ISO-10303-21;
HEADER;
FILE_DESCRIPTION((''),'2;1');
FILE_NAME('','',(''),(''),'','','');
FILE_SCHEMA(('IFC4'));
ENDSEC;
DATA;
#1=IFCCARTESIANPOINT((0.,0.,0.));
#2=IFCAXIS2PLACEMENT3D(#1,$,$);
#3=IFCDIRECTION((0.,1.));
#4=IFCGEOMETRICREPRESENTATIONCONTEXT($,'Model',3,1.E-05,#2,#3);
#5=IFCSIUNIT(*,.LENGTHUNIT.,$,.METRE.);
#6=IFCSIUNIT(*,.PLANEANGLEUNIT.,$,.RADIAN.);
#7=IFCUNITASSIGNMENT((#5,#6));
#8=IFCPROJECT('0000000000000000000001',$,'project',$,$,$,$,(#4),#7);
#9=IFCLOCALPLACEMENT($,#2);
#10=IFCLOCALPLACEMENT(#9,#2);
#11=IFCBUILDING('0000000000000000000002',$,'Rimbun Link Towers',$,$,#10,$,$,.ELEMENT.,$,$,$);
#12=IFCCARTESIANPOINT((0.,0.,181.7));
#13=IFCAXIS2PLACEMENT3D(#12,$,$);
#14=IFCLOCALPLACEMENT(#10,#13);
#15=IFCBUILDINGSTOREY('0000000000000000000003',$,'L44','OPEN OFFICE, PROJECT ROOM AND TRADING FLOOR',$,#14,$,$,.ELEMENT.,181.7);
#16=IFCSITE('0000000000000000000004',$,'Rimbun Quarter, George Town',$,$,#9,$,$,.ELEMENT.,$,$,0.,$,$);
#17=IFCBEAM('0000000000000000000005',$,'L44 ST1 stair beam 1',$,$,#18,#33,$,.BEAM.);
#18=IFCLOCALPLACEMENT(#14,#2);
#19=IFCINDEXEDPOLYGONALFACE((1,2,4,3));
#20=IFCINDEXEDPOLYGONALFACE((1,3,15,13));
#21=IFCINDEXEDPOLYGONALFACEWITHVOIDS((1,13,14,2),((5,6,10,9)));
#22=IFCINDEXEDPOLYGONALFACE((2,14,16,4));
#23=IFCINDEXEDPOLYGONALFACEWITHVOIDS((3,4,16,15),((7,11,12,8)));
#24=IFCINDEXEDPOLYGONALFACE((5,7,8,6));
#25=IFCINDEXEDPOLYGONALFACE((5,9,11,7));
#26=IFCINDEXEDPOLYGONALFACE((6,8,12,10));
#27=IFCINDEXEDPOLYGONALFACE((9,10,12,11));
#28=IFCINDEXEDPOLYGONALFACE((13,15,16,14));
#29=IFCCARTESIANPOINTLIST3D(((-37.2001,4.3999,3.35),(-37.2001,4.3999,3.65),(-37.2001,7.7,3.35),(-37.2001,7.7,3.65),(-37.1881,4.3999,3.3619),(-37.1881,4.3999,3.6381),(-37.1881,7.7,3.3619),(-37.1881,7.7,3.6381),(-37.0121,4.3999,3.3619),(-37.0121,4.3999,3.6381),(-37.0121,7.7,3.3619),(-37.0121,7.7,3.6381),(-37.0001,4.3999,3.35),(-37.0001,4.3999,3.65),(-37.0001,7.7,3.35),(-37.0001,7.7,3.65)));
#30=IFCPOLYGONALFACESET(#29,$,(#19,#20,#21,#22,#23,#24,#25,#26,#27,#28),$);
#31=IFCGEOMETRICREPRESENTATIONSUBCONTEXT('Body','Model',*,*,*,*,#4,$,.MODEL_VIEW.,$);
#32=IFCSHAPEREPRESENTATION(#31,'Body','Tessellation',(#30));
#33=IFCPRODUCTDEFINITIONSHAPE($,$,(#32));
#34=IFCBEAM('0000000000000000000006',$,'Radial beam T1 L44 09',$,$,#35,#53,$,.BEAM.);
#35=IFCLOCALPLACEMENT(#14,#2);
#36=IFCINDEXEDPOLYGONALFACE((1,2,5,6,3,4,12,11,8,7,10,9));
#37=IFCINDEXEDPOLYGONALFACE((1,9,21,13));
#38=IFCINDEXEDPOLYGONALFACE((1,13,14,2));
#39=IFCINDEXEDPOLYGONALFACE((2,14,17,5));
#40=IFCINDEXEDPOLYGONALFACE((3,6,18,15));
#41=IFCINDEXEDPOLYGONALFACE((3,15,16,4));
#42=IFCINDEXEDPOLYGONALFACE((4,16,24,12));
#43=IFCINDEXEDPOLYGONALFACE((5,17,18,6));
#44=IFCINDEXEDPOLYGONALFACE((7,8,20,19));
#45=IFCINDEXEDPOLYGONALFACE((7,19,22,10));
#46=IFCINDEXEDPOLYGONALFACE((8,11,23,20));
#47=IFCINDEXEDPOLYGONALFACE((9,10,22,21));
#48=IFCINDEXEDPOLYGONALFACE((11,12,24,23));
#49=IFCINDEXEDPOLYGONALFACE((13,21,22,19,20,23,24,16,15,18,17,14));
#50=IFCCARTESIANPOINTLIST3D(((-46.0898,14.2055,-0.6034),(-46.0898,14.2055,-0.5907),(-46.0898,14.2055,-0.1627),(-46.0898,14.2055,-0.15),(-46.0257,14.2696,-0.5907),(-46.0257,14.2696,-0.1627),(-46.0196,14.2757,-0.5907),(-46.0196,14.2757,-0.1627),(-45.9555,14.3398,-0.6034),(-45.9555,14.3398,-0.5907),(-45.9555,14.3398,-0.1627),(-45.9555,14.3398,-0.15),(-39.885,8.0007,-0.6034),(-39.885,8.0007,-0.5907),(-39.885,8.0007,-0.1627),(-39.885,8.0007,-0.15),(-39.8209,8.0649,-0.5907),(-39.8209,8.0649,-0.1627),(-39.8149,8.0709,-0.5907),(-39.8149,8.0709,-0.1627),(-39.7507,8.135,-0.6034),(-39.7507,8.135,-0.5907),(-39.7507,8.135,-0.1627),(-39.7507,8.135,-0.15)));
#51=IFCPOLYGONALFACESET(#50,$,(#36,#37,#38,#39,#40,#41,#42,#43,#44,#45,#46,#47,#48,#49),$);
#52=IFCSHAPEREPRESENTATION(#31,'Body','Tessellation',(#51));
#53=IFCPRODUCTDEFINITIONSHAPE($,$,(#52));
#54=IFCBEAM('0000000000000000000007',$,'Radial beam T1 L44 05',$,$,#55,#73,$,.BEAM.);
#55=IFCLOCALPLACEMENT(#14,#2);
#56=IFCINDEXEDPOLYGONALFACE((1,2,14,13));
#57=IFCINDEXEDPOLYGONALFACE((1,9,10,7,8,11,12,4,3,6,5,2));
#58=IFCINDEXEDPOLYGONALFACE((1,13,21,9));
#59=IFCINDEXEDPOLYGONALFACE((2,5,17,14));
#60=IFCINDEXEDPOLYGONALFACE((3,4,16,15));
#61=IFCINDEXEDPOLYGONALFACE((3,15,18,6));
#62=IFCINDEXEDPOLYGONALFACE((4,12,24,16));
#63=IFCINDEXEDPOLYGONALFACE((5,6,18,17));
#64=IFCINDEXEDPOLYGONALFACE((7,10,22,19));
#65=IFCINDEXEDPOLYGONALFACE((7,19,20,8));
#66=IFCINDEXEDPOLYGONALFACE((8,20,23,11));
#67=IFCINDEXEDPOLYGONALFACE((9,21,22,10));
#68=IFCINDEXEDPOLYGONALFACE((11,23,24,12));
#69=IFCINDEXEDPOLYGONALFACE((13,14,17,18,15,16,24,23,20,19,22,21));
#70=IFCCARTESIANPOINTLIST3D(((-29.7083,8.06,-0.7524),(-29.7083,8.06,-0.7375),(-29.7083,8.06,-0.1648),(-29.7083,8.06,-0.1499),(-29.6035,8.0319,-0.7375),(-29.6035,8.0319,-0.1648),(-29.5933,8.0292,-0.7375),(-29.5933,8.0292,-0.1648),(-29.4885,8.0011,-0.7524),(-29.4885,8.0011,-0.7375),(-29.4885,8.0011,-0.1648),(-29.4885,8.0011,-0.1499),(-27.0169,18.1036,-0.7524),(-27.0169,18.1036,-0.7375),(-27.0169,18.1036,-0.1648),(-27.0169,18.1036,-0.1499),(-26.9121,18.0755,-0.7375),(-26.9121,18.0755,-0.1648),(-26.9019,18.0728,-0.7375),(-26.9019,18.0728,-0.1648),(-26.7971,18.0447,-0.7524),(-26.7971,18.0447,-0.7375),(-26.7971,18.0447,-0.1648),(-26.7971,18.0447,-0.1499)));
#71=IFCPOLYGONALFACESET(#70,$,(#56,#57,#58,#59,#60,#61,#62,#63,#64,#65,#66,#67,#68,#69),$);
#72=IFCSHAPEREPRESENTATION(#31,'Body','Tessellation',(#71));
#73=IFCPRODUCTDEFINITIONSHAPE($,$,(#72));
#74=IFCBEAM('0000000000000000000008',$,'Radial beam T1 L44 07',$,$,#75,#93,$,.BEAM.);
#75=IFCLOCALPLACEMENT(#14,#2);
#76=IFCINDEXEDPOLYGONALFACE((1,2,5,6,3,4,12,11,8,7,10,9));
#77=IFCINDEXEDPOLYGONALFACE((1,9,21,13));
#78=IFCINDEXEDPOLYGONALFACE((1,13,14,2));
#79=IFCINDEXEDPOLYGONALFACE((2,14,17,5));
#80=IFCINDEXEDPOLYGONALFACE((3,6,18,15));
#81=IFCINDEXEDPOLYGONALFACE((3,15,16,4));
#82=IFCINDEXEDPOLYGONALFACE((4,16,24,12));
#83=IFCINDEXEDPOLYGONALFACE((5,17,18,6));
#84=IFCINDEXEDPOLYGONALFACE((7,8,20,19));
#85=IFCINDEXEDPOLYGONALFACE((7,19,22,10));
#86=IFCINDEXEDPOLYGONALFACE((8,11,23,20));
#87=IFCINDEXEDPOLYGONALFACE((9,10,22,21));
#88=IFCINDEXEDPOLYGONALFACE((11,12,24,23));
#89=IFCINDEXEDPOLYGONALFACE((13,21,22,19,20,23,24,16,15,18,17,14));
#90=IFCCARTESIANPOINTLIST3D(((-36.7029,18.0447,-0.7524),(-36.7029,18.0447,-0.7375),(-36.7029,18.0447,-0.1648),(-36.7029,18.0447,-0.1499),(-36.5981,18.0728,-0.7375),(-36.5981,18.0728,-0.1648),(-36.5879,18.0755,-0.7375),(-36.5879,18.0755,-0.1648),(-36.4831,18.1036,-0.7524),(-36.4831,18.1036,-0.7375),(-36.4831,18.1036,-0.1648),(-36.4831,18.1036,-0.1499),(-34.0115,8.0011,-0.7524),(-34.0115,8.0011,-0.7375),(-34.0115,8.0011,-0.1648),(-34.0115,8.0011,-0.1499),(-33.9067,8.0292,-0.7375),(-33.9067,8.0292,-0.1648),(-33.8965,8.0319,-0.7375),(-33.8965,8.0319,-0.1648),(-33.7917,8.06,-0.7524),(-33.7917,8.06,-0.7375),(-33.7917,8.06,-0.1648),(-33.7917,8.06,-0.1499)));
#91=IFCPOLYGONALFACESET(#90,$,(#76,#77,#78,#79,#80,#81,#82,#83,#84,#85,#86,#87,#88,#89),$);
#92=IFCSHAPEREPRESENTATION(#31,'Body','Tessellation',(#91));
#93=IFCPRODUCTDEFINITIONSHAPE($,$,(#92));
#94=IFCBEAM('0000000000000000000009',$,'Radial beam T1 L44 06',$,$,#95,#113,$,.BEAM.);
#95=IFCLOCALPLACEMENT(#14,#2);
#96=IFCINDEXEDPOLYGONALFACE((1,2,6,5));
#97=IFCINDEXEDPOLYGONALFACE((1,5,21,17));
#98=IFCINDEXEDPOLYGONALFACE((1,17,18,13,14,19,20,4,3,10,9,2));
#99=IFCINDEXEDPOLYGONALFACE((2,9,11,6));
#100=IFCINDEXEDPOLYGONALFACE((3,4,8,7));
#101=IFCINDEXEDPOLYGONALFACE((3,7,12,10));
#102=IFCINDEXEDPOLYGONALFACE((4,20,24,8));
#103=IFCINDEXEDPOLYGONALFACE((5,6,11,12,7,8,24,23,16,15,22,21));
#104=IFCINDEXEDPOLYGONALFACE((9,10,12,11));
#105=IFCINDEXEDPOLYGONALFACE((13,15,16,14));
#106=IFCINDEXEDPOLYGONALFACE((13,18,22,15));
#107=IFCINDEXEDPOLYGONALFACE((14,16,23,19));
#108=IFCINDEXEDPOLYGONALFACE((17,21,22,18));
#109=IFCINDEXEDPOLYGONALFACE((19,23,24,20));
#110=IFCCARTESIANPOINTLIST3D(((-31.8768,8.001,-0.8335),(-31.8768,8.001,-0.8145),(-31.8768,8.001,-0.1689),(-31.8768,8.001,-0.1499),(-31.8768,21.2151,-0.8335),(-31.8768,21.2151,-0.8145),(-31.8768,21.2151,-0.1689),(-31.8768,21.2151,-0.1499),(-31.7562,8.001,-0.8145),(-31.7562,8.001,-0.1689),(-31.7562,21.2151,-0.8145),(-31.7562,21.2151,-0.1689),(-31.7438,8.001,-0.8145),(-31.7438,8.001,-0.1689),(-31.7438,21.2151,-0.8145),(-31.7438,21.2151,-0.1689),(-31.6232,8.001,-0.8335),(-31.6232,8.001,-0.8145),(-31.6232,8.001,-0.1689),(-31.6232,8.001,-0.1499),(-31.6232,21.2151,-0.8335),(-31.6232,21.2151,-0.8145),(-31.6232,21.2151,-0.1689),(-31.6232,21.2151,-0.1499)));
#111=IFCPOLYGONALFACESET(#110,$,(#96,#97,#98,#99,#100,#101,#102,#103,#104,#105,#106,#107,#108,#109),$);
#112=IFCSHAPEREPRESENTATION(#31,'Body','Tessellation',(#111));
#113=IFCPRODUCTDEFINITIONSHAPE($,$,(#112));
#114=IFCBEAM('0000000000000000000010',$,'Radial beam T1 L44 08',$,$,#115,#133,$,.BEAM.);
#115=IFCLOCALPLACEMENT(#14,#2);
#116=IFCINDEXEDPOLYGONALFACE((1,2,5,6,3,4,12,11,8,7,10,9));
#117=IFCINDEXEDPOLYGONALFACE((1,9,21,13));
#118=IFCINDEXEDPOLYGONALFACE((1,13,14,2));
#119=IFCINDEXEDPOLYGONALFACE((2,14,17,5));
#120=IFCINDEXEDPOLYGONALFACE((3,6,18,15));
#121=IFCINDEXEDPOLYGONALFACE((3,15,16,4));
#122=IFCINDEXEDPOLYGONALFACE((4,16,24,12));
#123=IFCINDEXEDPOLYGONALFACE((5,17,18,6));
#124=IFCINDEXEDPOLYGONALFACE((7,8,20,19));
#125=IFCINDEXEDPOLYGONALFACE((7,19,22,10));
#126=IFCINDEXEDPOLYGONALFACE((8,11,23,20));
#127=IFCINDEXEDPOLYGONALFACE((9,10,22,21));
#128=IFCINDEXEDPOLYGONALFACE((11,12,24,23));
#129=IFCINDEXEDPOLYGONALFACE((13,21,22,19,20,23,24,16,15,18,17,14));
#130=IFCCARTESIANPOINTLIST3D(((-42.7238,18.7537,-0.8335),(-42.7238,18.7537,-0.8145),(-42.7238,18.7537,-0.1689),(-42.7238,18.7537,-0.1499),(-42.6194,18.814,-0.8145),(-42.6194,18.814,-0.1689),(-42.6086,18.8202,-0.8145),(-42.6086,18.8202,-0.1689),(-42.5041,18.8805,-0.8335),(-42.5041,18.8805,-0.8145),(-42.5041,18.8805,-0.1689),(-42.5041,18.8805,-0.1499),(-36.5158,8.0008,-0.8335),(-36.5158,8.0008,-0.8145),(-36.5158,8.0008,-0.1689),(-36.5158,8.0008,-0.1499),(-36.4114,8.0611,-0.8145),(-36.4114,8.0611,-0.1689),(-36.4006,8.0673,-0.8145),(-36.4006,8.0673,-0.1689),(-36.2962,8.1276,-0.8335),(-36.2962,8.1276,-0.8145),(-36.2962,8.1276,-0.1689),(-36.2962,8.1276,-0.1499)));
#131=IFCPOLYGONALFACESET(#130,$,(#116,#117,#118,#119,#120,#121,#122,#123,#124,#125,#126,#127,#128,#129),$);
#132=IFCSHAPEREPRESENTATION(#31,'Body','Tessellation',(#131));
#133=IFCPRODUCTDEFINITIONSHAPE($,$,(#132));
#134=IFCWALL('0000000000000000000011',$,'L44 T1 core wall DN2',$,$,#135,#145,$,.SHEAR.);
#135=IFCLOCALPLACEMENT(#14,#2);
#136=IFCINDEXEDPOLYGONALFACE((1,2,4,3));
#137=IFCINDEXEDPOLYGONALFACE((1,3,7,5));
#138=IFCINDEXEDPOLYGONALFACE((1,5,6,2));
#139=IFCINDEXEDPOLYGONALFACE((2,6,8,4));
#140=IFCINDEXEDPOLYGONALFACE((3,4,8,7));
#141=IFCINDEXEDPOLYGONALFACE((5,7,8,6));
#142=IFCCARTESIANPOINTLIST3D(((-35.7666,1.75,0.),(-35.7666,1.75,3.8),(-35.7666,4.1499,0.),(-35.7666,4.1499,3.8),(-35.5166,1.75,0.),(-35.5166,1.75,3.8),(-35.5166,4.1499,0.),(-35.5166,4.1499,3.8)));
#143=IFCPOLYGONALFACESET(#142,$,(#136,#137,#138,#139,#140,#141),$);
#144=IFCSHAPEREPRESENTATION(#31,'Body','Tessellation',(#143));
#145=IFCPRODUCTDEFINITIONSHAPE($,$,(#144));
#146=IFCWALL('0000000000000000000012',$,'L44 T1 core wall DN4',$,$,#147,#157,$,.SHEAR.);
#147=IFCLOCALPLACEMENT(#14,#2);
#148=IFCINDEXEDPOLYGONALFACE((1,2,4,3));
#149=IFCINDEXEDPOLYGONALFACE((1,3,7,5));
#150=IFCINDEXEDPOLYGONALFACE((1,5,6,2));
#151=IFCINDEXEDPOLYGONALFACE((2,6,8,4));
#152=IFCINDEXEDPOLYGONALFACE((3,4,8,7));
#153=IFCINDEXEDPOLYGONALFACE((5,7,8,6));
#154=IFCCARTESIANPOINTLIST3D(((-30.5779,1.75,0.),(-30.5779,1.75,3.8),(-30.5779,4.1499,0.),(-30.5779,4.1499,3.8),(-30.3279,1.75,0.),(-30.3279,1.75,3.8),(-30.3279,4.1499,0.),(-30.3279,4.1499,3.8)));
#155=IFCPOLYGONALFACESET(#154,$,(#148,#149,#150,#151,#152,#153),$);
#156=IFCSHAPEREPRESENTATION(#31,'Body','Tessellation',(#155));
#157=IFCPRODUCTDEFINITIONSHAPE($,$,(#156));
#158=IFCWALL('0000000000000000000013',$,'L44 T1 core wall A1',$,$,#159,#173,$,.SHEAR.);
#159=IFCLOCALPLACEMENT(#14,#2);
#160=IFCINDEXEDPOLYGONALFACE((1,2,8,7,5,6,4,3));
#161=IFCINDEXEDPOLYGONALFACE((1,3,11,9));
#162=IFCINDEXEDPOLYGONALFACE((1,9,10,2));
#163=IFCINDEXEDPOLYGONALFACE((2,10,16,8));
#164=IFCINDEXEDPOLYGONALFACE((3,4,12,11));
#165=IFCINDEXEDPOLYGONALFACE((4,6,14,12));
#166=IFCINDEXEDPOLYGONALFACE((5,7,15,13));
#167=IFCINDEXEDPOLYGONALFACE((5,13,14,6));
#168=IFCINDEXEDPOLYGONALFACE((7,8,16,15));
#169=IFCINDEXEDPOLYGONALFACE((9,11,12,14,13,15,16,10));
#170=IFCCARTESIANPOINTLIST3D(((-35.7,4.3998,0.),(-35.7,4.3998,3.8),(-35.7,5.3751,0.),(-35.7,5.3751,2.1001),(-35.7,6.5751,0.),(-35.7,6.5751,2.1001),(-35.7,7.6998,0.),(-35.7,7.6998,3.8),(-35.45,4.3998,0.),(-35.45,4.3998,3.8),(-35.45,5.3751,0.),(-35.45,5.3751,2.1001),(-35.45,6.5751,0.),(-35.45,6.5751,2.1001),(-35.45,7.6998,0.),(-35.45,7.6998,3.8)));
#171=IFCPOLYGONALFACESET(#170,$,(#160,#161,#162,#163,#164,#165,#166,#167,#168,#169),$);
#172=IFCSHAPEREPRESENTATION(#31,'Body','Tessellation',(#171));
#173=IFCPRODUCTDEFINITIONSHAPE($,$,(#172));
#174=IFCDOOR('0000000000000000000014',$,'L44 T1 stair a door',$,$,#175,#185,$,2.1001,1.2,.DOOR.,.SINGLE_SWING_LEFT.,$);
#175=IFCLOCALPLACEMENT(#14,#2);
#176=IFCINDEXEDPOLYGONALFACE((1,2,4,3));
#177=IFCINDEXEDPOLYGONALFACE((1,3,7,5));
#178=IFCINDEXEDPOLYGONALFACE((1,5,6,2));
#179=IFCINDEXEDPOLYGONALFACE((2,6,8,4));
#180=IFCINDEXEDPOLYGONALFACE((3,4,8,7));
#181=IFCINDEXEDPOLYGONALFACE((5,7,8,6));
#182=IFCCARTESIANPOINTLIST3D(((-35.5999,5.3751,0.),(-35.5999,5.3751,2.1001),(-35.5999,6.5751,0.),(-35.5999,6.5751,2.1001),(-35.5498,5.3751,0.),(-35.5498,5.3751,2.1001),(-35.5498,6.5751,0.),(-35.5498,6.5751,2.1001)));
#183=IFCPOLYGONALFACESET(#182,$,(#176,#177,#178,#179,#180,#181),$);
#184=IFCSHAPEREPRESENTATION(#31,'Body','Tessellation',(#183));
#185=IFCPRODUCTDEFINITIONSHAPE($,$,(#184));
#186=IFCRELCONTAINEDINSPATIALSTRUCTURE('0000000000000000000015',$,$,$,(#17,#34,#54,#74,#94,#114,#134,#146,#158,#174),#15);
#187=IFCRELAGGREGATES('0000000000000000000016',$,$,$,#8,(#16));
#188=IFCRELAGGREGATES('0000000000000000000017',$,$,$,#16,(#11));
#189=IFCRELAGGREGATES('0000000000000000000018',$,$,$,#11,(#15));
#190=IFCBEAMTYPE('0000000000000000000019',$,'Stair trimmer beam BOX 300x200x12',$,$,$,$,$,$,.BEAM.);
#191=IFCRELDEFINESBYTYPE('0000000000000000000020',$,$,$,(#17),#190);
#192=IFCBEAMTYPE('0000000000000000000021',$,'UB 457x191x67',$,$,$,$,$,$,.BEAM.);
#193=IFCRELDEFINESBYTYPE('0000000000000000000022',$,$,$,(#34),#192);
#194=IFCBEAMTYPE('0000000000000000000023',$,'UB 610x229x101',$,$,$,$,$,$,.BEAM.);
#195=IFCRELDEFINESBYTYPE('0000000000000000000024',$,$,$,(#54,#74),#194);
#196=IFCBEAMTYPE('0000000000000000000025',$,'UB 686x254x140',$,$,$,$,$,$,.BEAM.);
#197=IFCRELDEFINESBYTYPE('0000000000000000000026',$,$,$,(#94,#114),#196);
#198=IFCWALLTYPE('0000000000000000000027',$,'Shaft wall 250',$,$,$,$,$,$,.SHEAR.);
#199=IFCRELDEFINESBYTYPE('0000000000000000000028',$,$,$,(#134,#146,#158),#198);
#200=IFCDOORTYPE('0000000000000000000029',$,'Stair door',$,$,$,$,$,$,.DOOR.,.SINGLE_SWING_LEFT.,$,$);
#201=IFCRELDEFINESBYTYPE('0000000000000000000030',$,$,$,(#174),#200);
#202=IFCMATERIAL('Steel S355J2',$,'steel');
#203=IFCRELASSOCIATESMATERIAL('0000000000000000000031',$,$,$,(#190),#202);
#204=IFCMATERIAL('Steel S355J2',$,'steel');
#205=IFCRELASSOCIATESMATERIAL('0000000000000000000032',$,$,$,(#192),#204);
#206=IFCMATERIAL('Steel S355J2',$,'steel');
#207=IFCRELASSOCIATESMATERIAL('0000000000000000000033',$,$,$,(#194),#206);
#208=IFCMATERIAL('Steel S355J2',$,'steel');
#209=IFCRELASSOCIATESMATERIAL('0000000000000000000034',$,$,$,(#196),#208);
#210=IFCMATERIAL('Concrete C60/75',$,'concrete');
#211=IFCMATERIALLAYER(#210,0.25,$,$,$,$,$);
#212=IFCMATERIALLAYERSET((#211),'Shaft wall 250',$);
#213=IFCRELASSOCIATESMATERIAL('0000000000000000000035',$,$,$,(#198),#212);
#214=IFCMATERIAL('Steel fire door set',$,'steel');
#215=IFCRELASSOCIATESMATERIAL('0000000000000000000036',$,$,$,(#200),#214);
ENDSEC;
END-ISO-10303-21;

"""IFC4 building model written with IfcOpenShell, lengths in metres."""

from ifc_helpers import new_model, si_unit, direction, frame, frame_2d, origin, origin_2d, place, context, subcontext, project, spatial, rectangle, hollow_rectangle, i_section, extrude, material, layer, layer_set, material_profile, profile_set, type_object, element, fill, save


model = new_model("IFC4")

# Units and contexts
model_context = context("Model", 3, precision=1e-05, world=origin(), true_north=direction((0.0, 1.0)))
body_context = subcontext(model_context, "Body", "Model", "MODEL_VIEW")
ifc_project = project(units=[si_unit("LENGTHUNIT", "METRE"), si_unit("PLANEANGLEUNIT", "RADIAN")], contexts=[model_context])

# Site, building, storey
site_placement = place(None, origin())
site = spatial("IfcSite", under=ifc_project, at=site_placement, Name="Rimbun Quarter, George Town", CompositionType="ELEMENT", RefElevation=0.0)
building_placement = place(site_placement, origin())
building = spatial("IfcBuilding", under=site, at=building_placement, Name="Rimbun Link Towers", CompositionType="ELEMENT")
storey_placement = place(building_placement, frame((0.0, 0.0, 181.7)))
storey = spatial("IfcBuildingStorey", under=building, at=storey_placement, Name="L44", Description="OPEN OFFICE, PROJECT ROOM AND TRADING FLOOR", CompositionType="ELEMENT", Elevation=181.7)

# Beams
ifc_material_1 = material(Name="Steel S355J2", Category="steel")
ifc_material_profile_1 = material_profile(ifc_material_1, hollow_rectangle(XDim=0.2, YDim=0.3, WallThickness=0.012, at=origin_2d()), Name="BOX 300x200x12")
ifc_profile_set_1 = profile_set([ifc_material_profile_1], Name="Steel S355J2")
beam_type_1 = type_object("IfcBeamType", Name="Stair trimmer beam BOX 300x200x12", PredefinedType="BEAM", material=ifc_profile_set_1)
beam_1_placement = place(storey_placement, frame((-37.1001, 7.7, 3.5), z_axis=(0.0, -1.0, 0.0), x_axis=(1.0, 0.0, 0.0)))
element("IfcBeam", 1, at=beam_1_placement, inside=storey, type_object=beam_type_1, Name="L44 ST1 stair beam 1", PredefinedType="BEAM", context=body_context, shape_type="SweptSolid", body=[
    extrude(hollow_rectangle(XDim=0.2, YDim=0.3, WallThickness=0.012, at=origin_2d()), origin(), (0.0, 0.0, 1.0), 3.3),
])
ifc_material_2 = material(Name="Steel S355J2", Category="steel")
ifc_material_profile_2 = material_profile(ifc_material_2, i_section(OverallWidth=0.1899, OverallDepth=0.4534, WebThickness=0.0085, FlangeThickness=0.0127, at=origin_2d()), Name="UB 457x191x67")
ifc_profile_set_2 = profile_set([ifc_material_profile_2], Name="Steel S355J2")
beam_type_2 = type_object("IfcBeamType", Name="UB 457x191x67", PredefinedType="BEAM", material=ifc_profile_set_2)
beam_2_placement = place(storey_placement, frame((-39.8179, 8.0679, -0.3767), z_axis=(-0.707107, 0.707107, 0.0), x_axis=(-0.707107, -0.707107, 0.0)))
element("IfcBeam", 2, at=beam_2_placement, inside=storey, type_object=beam_type_2, Name="Radial beam T1 L44 09", PredefinedType="BEAM", context=body_context, shape_type="SweptSolid", body=[
    extrude(i_section(OverallWidth=0.1899, OverallDepth=0.4534, WebThickness=0.0085, FlangeThickness=0.0127, at=origin_2d()), origin(), (0.0, 0.0, 1.0), 8.7749),
])
ifc_material_3 = material(Name="Steel S355J2", Category="steel")
ifc_material_profile_3 = material_profile(ifc_material_3, i_section(OverallWidth=0.2275, OverallDepth=0.6025, WebThickness=0.0105, FlangeThickness=0.0149, at=origin_2d()), Name="UB 610x229x101")
ifc_profile_set_3 = profile_set([ifc_material_profile_3], Name="Steel S355J2")
beam_type_3 = type_object("IfcBeamType", Name="UB 610x229x101", PredefinedType="BEAM", material=ifc_profile_set_3)
for number, where, z_axis, x_axis, name in (
    (3, (-29.5984, 8.0305, -0.4512), (0.258837, 0.965921, 0.0), (-0.965921, 0.258837, 0.0), "Radial beam T1 L44 05"),
    (4, (-33.9016, 8.0305, -0.4512), (-0.258837, 0.965921, 0.0), (-0.965921, -0.258837, 0.0), "Radial beam T1 L44 07"),
):
    element("IfcBeam", number, at=place(storey_placement, frame(where, z_axis=z_axis, x_axis=x_axis)), inside=storey, type_object=beam_type_3, Name=name, PredefinedType="BEAM", context=body_context, shape_type="SweptSolid", body=[
        extrude(i_section(OverallWidth=0.2275, OverallDepth=0.6025, WebThickness=0.0105, FlangeThickness=0.0149, at=origin_2d()), origin(), (0.0, 0.0, 1.0), 10.3979),
    ])
ifc_material_4 = material(Name="Steel S355J2", Category="steel")
ifc_material_profile_4 = material_profile(ifc_material_4, i_section(OverallWidth=0.2537, OverallDepth=0.6836, WebThickness=0.0125, FlangeThickness=0.019, at=origin_2d()), Name="UB 686x254x140")
ifc_profile_set_4 = profile_set([ifc_material_profile_4], Name="Steel S355J2")
beam_type_4 = type_object("IfcBeamType", Name="UB 686x254x140", PredefinedType="BEAM", material=ifc_profile_set_4)
beam_3_placement = place(storey_placement, frame((-31.75, 8.001, -0.4917), z_axis=(0.0, 1.0, 0.0), x_axis=(-1.0, 0.0, 0.0)))
element("IfcBeam", 5, at=beam_3_placement, inside=storey, type_object=beam_type_4, Name="Radial beam T1 L44 06", PredefinedType="BEAM", context=body_context, shape_type="SweptSolid", body=[
    extrude(i_section(OverallWidth=0.2537, OverallDepth=0.6836, WebThickness=0.0125, FlangeThickness=0.019, at=origin_2d()), origin(), (0.0, 0.0, 1.0), 13.2141),
])
beam_4_placement = place(storey_placement, frame((-36.406, 8.0642, -0.4917), z_axis=(-0.499988, 0.866032, 0.0), x_axis=(-0.866032, -0.499988, 0.0)))
element("IfcBeam", 6, at=beam_4_placement, inside=storey, type_object=beam_type_4, Name="Radial beam T1 L44 08", PredefinedType="BEAM", context=body_context, shape_type="SweptSolid", body=[
    extrude(i_section(OverallWidth=0.2537, OverallDepth=0.6836, WebThickness=0.0125, FlangeThickness=0.019, at=origin_2d()), origin(), (0.0, 0.0, 1.0), 12.4163),
])

# Walls
ifc_material_5 = material(Name="Concrete C60/75", Category="concrete")
ifc_layer = layer(ifc_material_5, 0.25)
ifc_layer_set = layer_set([ifc_layer], Name="Shaft wall 250")
wall_type = type_object("IfcWallType", Name="Shaft wall 250", PredefinedType="SHEAR", material=ifc_layer_set)
for number, where, z_axis, x_axis, name in (
    (7, (-35.6416, 1.75, 0.0), (0.0, 0.0, 1.0), (0.0, 1.0, 0.0), "L44 T1 core wall DN2"),
    (8, (-30.4529, 1.75, 0.0), (0.0, 0.0, 1.0), (0.0, 1.0, 0.0), "L44 T1 core wall DN4"),
):
    element("IfcWall", number, at=place(storey_placement, frame(where, z_axis=z_axis, x_axis=x_axis)), inside=storey, type_object=wall_type, Name=name, PredefinedType="SHEAR", context=body_context, shape_type="SweptSolid", body=[
        extrude(rectangle(XDim=2.3999, YDim=0.25, at=frame_2d((1.2, 0.0))), origin(), (0.0, 0.0, 1.0), 3.8),
    ])

# Wall, opening, door
wall_1_placement = place(storey_placement, frame((-35.575, 4.3999, 0.0), z_axis=(0.0, 0.0, 1.0), x_axis=(0.0, 1.0, 0.0)))
wall_1 = element("IfcWall", 9, at=wall_1_placement, inside=storey, type_object=wall_type, Name="L44 T1 core wall A1", PredefinedType="SHEAR", context=body_context, shape_type="SweptSolid", body=[
    extrude(rectangle(XDim=3.3, YDim=0.25, at=frame_2d((1.6499, 0.0))), origin(), (0.0, 0.0, 1.0), 3.8),
])
opening_1_placement = place(wall_1_placement, frame((0.9751, 0.0, 0.0)))
opening_1 = element("IfcOpeningElement", 10, at=opening_1_placement, cuts=wall_1, PredefinedType="OPENING", context=body_context, shape_type="SweptSolid", body=[
    extrude(rectangle(XDim=1.2, YDim=2.1001, at=frame_2d((0.6001, 1.05))), frame((0.0, 0.135, 0.0), z_axis=(0.0, -1.0, 0.0), x_axis=(1.0, 0.0, 0.0)), (0.0, 0.0, 1.0), 0.27),
])
ifc_material_6 = material(Name="Steel fire door set", Category="steel")
door_type_1 = type_object("IfcDoorType", Name="Stair door", OperationType="SINGLE_SWING_LEFT", PredefinedType="DOOR", material=ifc_material_6)
door_1_placement = place(opening_1_placement, origin())
door_1 = element("IfcDoor", 11, at=door_1_placement, inside=storey, type_object=door_type_1, Name="L44 T1 stair a door", OperationType="SINGLE_SWING_LEFT", OverallHeight=2.1001, OverallWidth=1.2, PredefinedType="DOOR", context=body_context, shape_type="SweptSolid", body=[
    extrude(rectangle(XDim=1.2, YDim=2.1001, at=frame_2d((0.6001, 1.05))), frame((0.0, 0.0249, 0.0), z_axis=(0.0, -1.0, 0.0), x_axis=(1.0, 0.0, 0.0)), (0.0, 0.0, 1.0), 0.05),
])
fill(opening_1, door_1)

save(model, "model.ifc")
